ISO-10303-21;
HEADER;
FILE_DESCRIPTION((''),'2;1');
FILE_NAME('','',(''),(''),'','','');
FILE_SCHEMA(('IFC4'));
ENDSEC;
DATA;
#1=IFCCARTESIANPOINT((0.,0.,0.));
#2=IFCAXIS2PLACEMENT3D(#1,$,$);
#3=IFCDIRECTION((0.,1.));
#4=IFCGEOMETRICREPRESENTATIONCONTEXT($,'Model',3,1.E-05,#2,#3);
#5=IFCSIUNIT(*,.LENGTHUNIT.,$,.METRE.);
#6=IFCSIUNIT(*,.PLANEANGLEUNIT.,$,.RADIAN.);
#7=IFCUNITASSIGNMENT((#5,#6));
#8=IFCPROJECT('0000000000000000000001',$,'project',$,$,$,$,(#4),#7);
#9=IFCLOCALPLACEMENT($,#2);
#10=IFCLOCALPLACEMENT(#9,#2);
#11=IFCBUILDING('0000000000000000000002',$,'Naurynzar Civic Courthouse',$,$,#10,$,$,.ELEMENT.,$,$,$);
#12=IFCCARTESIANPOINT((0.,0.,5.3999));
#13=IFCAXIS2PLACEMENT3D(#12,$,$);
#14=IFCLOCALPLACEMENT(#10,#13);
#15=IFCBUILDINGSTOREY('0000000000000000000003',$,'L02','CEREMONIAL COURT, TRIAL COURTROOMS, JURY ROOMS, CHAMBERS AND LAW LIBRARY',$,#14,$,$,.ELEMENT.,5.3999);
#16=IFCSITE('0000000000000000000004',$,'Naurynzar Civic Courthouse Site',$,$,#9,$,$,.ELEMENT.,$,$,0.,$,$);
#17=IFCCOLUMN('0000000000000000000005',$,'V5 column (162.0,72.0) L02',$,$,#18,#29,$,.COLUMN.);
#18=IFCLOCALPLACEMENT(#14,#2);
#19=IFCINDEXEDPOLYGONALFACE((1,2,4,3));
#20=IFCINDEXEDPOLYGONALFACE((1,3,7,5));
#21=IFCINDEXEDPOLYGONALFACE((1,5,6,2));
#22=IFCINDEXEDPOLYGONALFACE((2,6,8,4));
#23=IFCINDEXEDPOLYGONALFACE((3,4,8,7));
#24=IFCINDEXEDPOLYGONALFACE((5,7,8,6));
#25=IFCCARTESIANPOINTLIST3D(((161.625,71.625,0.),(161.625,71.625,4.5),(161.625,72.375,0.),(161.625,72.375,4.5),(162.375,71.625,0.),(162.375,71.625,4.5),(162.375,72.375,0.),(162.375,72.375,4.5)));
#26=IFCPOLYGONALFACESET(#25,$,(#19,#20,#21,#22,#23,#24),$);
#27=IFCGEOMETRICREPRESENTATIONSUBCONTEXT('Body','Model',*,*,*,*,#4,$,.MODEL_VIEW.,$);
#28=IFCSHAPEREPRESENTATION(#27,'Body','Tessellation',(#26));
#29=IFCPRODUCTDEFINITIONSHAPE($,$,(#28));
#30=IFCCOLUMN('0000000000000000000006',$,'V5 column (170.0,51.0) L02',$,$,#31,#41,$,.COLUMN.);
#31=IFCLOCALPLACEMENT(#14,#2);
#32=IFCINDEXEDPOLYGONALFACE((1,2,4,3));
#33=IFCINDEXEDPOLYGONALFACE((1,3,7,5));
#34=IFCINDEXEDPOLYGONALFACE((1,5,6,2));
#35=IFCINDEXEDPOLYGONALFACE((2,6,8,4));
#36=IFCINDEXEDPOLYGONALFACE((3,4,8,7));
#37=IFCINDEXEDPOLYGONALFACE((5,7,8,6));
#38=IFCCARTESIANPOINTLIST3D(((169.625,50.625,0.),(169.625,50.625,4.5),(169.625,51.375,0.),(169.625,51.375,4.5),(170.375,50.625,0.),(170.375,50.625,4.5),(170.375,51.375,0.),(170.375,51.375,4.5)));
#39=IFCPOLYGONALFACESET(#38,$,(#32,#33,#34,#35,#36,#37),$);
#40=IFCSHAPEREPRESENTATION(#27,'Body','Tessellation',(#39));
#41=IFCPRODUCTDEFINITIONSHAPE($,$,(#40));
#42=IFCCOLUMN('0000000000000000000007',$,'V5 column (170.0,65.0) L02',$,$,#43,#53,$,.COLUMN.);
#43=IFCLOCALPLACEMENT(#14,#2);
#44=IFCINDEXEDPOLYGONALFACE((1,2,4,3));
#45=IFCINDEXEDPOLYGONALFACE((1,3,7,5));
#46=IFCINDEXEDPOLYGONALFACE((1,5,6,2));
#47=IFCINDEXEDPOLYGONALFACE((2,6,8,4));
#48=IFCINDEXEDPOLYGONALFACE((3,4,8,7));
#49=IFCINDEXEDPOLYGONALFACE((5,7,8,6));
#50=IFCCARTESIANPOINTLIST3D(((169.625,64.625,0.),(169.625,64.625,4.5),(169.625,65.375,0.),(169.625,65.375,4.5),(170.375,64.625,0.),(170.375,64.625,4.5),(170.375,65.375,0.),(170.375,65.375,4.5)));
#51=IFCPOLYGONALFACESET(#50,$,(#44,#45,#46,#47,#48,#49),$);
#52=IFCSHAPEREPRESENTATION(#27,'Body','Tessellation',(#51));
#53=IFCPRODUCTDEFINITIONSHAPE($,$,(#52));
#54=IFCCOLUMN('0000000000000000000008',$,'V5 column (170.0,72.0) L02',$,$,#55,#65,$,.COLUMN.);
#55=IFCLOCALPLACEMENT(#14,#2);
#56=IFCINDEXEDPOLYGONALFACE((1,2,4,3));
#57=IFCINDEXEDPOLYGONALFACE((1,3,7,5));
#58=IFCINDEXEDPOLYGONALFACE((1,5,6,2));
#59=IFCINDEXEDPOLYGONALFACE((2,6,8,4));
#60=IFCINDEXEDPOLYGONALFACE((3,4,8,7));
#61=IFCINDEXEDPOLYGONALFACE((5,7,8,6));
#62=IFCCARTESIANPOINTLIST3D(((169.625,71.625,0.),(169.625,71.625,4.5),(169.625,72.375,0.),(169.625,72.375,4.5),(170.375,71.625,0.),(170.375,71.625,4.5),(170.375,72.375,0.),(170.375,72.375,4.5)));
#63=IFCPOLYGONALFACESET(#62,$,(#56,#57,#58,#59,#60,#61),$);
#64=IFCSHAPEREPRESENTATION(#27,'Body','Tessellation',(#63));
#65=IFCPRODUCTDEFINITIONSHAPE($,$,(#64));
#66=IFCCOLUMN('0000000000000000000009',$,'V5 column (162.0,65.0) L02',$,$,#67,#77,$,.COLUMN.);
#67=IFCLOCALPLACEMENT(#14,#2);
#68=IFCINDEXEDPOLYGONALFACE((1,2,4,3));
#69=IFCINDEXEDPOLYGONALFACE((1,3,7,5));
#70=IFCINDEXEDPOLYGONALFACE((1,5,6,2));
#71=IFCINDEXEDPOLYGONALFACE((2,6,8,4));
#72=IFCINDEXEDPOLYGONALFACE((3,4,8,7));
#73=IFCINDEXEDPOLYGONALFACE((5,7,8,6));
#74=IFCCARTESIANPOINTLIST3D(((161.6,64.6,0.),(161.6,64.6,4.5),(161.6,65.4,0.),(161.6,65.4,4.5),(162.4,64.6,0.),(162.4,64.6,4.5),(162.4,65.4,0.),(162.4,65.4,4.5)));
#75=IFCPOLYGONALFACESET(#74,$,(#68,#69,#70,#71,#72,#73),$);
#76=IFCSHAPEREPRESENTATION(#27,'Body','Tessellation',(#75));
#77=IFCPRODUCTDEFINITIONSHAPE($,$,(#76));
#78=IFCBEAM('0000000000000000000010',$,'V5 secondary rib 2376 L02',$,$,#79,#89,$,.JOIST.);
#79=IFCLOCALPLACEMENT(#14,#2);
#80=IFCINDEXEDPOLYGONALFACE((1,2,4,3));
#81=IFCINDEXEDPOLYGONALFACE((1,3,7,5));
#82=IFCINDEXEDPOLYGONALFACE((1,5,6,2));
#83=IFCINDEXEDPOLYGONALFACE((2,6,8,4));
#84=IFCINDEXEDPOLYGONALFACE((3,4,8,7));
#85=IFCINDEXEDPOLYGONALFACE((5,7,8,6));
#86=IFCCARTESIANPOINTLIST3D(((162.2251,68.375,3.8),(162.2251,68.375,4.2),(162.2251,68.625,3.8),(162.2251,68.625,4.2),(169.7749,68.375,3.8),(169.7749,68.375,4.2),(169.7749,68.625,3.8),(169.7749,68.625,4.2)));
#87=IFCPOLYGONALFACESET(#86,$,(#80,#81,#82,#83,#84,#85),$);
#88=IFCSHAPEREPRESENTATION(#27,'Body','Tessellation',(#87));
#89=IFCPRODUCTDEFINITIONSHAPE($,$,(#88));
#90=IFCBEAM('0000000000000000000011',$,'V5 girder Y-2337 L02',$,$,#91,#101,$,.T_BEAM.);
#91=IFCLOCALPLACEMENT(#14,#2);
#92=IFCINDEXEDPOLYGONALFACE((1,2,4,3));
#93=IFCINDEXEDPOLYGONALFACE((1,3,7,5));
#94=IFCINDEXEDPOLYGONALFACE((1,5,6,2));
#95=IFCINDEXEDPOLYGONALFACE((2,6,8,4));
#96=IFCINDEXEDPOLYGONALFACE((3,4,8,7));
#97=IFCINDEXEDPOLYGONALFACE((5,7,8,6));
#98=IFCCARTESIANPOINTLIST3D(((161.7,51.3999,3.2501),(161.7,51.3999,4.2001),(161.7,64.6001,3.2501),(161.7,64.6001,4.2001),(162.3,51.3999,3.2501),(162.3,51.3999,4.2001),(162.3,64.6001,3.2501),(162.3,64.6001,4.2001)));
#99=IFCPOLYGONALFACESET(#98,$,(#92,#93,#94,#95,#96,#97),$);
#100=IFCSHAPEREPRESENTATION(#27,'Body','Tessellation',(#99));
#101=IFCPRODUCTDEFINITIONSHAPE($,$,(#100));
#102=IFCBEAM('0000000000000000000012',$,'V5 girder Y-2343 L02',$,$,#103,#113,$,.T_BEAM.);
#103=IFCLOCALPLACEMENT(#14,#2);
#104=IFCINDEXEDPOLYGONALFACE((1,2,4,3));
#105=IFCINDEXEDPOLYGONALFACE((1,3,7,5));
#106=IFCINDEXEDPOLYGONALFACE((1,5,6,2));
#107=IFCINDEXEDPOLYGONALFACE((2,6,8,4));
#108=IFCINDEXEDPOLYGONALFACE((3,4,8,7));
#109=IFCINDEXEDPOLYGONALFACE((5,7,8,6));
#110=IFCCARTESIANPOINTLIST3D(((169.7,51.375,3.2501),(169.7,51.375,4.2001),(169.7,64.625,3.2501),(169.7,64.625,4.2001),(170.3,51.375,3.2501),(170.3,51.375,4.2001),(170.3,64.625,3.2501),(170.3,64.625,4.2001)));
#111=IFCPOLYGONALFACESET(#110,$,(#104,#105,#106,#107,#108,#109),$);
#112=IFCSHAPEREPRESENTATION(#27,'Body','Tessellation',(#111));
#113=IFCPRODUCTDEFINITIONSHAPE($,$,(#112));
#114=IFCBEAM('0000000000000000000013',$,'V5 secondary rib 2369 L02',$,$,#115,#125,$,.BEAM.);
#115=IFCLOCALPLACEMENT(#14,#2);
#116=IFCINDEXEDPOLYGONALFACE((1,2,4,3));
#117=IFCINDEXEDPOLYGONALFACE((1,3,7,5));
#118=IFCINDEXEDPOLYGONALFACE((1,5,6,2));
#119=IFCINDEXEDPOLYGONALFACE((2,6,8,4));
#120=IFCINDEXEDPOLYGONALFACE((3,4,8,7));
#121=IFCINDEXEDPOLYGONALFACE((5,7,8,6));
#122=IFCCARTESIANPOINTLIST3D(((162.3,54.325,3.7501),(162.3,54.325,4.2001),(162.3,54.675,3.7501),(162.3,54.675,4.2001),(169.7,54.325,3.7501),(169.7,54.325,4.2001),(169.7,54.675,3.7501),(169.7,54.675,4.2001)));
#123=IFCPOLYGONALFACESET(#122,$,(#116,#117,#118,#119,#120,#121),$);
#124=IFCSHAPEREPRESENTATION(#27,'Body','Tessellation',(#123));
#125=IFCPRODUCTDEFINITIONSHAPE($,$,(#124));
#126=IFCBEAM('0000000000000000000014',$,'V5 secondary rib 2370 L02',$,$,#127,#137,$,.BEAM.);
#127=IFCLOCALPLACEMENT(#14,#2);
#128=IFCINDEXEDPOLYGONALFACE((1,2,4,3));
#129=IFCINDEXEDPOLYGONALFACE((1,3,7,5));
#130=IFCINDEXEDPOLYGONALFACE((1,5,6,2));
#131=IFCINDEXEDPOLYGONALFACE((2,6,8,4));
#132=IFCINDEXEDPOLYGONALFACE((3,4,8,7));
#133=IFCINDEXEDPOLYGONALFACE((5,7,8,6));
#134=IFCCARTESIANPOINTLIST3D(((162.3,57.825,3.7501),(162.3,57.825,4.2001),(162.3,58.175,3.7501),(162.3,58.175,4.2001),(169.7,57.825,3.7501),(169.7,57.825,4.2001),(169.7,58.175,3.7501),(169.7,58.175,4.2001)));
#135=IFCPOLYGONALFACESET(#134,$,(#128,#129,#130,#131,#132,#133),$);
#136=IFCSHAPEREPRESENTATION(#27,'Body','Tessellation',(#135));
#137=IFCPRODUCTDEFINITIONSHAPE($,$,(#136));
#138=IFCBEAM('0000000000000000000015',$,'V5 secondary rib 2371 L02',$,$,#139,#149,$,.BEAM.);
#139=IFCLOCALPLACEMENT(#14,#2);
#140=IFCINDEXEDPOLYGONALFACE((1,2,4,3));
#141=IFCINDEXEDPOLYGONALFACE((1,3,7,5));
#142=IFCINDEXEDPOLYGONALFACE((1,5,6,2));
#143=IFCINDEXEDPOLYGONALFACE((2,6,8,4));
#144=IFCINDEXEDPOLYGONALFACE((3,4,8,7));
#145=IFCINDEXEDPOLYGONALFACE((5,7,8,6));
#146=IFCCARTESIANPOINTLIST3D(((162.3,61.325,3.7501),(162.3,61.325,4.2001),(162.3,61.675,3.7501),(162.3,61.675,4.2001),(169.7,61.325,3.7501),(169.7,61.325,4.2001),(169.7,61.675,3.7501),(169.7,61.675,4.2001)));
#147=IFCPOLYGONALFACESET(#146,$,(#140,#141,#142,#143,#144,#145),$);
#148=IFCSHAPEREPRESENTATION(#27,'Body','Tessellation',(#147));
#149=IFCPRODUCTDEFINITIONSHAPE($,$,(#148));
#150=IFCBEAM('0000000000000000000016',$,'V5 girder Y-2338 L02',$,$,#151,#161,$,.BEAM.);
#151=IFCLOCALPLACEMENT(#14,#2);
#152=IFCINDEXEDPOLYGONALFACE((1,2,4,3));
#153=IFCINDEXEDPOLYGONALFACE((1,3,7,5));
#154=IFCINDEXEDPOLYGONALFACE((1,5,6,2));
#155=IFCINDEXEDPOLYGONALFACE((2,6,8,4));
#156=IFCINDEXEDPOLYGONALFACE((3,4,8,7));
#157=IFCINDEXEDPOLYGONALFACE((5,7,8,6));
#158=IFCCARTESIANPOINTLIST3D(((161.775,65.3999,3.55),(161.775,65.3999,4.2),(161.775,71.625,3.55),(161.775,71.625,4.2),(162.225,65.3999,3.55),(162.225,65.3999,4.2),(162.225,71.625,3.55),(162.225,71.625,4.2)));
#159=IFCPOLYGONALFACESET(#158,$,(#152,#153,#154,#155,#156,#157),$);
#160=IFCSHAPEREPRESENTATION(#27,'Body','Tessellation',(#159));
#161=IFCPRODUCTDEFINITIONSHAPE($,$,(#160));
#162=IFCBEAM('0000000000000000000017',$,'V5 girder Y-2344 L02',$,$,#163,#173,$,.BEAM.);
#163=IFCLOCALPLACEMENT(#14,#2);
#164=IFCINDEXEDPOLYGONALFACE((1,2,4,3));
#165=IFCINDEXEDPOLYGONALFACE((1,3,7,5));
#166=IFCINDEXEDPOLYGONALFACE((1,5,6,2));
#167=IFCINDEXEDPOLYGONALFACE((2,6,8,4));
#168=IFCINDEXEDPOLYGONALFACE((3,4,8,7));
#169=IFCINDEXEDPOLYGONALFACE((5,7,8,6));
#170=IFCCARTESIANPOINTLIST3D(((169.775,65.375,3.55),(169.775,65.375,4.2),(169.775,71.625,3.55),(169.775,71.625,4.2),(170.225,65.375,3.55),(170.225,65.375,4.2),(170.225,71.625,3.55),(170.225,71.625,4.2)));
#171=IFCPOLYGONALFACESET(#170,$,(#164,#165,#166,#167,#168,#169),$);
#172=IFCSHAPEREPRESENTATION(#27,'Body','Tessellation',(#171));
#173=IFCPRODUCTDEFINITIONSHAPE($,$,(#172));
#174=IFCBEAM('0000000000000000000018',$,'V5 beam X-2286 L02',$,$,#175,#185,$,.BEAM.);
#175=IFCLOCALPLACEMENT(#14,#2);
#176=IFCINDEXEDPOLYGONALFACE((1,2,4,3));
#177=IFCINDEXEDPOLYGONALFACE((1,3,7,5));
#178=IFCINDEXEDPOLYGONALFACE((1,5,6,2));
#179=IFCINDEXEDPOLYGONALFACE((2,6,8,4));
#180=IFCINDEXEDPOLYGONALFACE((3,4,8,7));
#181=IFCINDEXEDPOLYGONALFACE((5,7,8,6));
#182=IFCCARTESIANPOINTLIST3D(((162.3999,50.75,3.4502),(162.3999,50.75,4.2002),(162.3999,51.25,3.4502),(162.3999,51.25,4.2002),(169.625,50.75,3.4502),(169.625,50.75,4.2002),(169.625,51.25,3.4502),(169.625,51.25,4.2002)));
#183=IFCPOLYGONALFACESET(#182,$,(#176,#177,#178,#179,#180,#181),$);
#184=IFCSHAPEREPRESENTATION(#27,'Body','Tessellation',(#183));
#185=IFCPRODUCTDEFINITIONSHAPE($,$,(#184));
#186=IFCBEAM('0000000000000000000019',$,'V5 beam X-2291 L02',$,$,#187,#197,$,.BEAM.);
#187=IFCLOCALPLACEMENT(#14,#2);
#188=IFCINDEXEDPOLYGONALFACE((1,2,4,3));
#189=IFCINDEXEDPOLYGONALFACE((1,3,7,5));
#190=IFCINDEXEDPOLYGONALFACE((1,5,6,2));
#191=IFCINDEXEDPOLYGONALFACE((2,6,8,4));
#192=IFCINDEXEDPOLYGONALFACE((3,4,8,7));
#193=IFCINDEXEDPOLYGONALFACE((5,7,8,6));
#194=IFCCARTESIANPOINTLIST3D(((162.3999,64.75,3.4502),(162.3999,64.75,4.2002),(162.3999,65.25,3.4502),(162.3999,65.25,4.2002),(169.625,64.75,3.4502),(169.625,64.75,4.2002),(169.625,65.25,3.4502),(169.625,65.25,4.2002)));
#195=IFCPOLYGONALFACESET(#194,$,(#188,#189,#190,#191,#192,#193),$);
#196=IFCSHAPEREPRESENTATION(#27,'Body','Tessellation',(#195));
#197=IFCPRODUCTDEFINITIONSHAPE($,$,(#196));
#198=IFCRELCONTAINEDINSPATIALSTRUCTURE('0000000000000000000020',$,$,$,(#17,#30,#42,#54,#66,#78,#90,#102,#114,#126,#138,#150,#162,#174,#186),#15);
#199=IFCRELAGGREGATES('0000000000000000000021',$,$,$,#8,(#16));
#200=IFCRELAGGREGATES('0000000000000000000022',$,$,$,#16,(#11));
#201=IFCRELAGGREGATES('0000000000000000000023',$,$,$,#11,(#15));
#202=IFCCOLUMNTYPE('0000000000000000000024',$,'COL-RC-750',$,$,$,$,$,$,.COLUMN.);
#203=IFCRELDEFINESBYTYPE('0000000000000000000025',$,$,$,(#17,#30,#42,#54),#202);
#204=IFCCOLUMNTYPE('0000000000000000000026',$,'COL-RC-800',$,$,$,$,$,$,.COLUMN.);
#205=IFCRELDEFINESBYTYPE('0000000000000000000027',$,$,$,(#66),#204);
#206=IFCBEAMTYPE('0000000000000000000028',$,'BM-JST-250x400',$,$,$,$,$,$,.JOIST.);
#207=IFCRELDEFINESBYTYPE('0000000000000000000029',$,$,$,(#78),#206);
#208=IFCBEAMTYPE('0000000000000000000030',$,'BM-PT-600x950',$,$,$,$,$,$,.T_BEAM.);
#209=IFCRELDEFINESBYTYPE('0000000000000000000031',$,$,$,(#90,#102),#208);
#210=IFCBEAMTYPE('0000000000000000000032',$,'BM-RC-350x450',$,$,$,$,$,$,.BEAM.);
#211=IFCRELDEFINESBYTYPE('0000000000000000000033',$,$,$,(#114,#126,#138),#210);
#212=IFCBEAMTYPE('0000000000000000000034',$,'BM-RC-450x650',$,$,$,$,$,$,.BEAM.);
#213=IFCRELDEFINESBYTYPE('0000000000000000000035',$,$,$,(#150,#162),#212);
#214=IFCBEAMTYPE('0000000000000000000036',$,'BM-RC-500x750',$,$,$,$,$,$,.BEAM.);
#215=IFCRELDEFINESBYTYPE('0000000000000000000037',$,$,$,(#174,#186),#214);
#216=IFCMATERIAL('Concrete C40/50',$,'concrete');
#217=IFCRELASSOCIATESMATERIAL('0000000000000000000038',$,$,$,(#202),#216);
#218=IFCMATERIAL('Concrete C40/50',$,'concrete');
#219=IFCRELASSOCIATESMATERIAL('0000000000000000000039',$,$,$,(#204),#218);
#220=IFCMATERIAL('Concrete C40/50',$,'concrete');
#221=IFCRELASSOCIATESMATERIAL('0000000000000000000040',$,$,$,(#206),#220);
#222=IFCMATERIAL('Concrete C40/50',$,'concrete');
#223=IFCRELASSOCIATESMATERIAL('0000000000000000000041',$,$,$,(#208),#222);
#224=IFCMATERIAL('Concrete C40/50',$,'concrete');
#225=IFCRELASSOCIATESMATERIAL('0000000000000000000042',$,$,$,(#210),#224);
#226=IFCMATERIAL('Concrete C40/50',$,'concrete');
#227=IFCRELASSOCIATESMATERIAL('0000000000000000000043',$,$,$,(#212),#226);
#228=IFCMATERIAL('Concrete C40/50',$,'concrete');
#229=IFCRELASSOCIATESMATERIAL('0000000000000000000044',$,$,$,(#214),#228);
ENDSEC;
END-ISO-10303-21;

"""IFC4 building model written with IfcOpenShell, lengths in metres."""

from ifc_helpers import new_model, si_unit, direction, frame, origin, origin_2d, place, context, subcontext, project, spatial, rectangle, extrude, material, material_profile, profile_set, type_object, element, save


model = new_model("IFC4")

# Units and contexts
model_context = context("Model", 3, precision=1e-05, world=origin(), true_north=direction((0.0, 1.0)))
body_context = subcontext(model_context, "Body", "Model", "MODEL_VIEW")
ifc_project = project(units=[si_unit("LENGTHUNIT", "METRE"), si_unit("PLANEANGLEUNIT", "RADIAN")], contexts=[model_context])

# Site, building, storey
site_placement = place(None, origin())
site = spatial("IfcSite", under=ifc_project, at=site_placement, Name="Naurynzar Civic Courthouse Site", CompositionType="ELEMENT", RefElevation=0.0)
building_placement = place(site_placement, origin())
building = spatial("IfcBuilding", under=site, at=building_placement, Name="Naurynzar Civic Courthouse", CompositionType="ELEMENT")
storey_placement = place(building_placement, frame((0.0, 0.0, 5.3999)))
storey = spatial("IfcBuildingStorey", under=building, at=storey_placement, Name="L02", Description="CEREMONIAL COURT, TRIAL COURTROOMS, JURY ROOMS, CHAMBERS AND LAW LIBRARY", CompositionType="ELEMENT", Elevation=5.3999)

# Columns
ifc_material_1 = material(Name="Concrete C40/50", Category="concrete")
ifc_material_profile_1 = material_profile(ifc_material_1, rectangle(XDim=0.75, YDim=0.75, at=origin_2d()), Name="RC 750x750")
ifc_profile_set_1 = profile_set([ifc_material_profile_1], Name="Concrete C40/50")
column_type_1 = type_object("IfcColumnType", Name="COL-RC-750", PredefinedType="COLUMN", material=ifc_profile_set_1)
for number, where, z_axis, x_axis, name in (
    (1, (162.0, 72.0, 0.0), (0.0, 0.0, 1.0), (1.0, 0.0, 0.0), "V5 column (162.0,72.0) L02"),
    (2, (170.0, 51.0, 0.0), (0.0, 0.0, 1.0), (1.0, 0.0, 0.0), "V5 column (170.0,51.0) L02"),
    (3, (170.0, 65.0, 0.0), (0.0, 0.0, 1.0), (1.0, 0.0, 0.0), "V5 column (170.0,65.0) L02"),
    (4, (170.0, 72.0, 0.0), (0.0, 0.0, 1.0), (1.0, 0.0, 0.0), "V5 column (170.0,72.0) L02"),
):
    element("IfcColumn", number, at=place(storey_placement, frame(where, z_axis=z_axis, x_axis=x_axis)), inside=storey, type_object=column_type_1, Name=name, PredefinedType="COLUMN", context=body_context, shape_type="SweptSolid", body=[
        extrude(rectangle(XDim=0.75, YDim=0.75, at=origin_2d()), origin(), (0.0, 0.0, 1.0), 4.5),
    ])
ifc_material_2 = material(Name="Concrete C40/50", Category="concrete")
ifc_material_profile_2 = material_profile(ifc_material_2, rectangle(XDim=0.8, YDim=0.8, at=origin_2d()), Name="RC 800x800")
ifc_profile_set_2 = profile_set([ifc_material_profile_2], Name="Concrete C40/50")
column_type_2 = type_object("IfcColumnType", Name="COL-RC-800", PredefinedType="COLUMN", material=ifc_profile_set_2)
column_placement = place(storey_placement, frame((162.0, 65.0, 0.0), z_axis=(0.0, 0.0, 1.0), x_axis=(1.0, 0.0, 0.0)))
element("IfcColumn", 5, at=column_placement, inside=storey, type_object=column_type_2, Name="V5 column (162.0,65.0) L02", PredefinedType="COLUMN", context=body_context, shape_type="SweptSolid", body=[
    extrude(rectangle(XDim=0.8, YDim=0.8, at=origin_2d()), origin(), (0.0, 0.0, 1.0), 4.5),
])

# Beams
ifc_material_3 = material(Name="Concrete C40/50", Category="concrete")
ifc_material_profile_3 = material_profile(ifc_material_3, rectangle(XDim=0.25, YDim=0.3999, at=origin_2d()), Name="RCB 250x400")
ifc_profile_set_3 = profile_set([ifc_material_profile_3], Name="Concrete C40/50")
beam_type_1 = type_object("IfcBeamType", Name="BM-JST-250x400", PredefinedType="JOIST", material=ifc_profile_set_3)
beam_1_placement = place(storey_placement, frame((162.2251, 68.5, 4.0), z_axis=(1.0, 0.0, 0.0), x_axis=(0.0, 1.0, 0.0)))
element("IfcBeam", 6, at=beam_1_placement, inside=storey, type_object=beam_type_1, Name="V5 secondary rib 2376 L02", PredefinedType="JOIST", context=body_context, shape_type="SweptSolid", body=[
    extrude(rectangle(XDim=0.25, YDim=0.3999, at=origin_2d()), origin(), (0.0, 0.0, 1.0), 7.5498),
])
ifc_material_4 = material(Name="Concrete C40/50", Category="concrete")
ifc_material_profile_4 = material_profile(ifc_material_4, rectangle(XDim=0.6001, YDim=0.95, at=origin_2d()), Name="PTB 600x950")
ifc_profile_set_4 = profile_set([ifc_material_profile_4], Name="Concrete C40/50")
beam_type_2 = type_object("IfcBeamType", Name="BM-PT-600x950", PredefinedType="T_BEAM", material=ifc_profile_set_4)
beam_2_placement = place(storey_placement, frame((162.0, 51.3999, 3.7251), z_axis=(0.0, 1.0, 0.0), x_axis=(-1.0, 0.0, 0.0)))
element("IfcBeam", 7, at=beam_2_placement, inside=storey, type_object=beam_type_2, Name="V5 girder Y-2337 L02", PredefinedType="T_BEAM", context=body_context, shape_type="SweptSolid", body=[
    extrude(rectangle(XDim=0.6001, YDim=0.95, at=origin_2d()), origin(), (0.0, 0.0, 1.0), 13.2002),
])
beam_3_placement = place(storey_placement, frame((170.0, 51.375, 3.7251), z_axis=(0.0, 1.0, 0.0), x_axis=(-1.0, 0.0, 0.0)))
element("IfcBeam", 8, at=beam_3_placement, inside=storey, type_object=beam_type_2, Name="V5 girder Y-2343 L02", PredefinedType="T_BEAM", context=body_context, shape_type="SweptSolid", body=[
    extrude(rectangle(XDim=0.6001, YDim=0.95, at=origin_2d()), origin(), (0.0, 0.0, 1.0), 13.25),
])
ifc_material_5 = material(Name="Concrete C40/50", Category="concrete")
ifc_material_profile_5 = material_profile(ifc_material_5, rectangle(XDim=0.3501, YDim=0.45, at=origin_2d()), Name="RCB 350x450")
ifc_profile_set_5 = profile_set([ifc_material_profile_5], Name="Concrete C40/50")
beam_type_3 = type_object("IfcBeamType", Name="BM-RC-350x450", PredefinedType="BEAM", material=ifc_profile_set_5)
for number, where, z_axis, x_axis, name in (
    (9, (162.3, 54.5, 3.9751), (1.0, 0.0, 0.0), (0.0, 1.0, 0.0), "V5 secondary rib 2369 L02"),
    (10, (162.3, 58.0, 3.9751), (1.0, 0.0, 0.0), (0.0, 1.0, 0.0), "V5 secondary rib 2370 L02"),
    (11, (162.3, 61.5, 3.9751), (1.0, 0.0, 0.0), (0.0, 1.0, 0.0), "V5 secondary rib 2371 L02"),
):
    element("IfcBeam", number, at=place(storey_placement, frame(where, z_axis=z_axis, x_axis=x_axis)), inside=storey, type_object=beam_type_3, Name=name, PredefinedType="BEAM", context=body_context, shape_type="SweptSolid", body=[
        extrude(rectangle(XDim=0.3501, YDim=0.45, at=origin_2d()), origin(), (0.0, 0.0, 1.0), 7.3999),
    ])
ifc_material_6 = material(Name="Concrete C40/50", Category="concrete")
ifc_material_profile_6 = material_profile(ifc_material_6, rectangle(XDim=0.45, YDim=0.6499, at=origin_2d()), Name="RCB 450x650")
ifc_profile_set_6 = profile_set([ifc_material_profile_6], Name="Concrete C40/50")
beam_type_4 = type_object("IfcBeamType", Name="BM-RC-450x650", PredefinedType="BEAM", material=ifc_profile_set_6)
beam_4_placement = place(storey_placement, frame((162.0, 65.3999, 3.875), z_axis=(0.0, 1.0, 0.0), x_axis=(-1.0, 0.0, 0.0)))
element("IfcBeam", 12, at=beam_4_placement, inside=storey, type_object=beam_type_4, Name="V5 girder Y-2338 L02", PredefinedType="BEAM", context=body_context, shape_type="SweptSolid", body=[
    extrude(rectangle(XDim=0.45, YDim=0.6499, at=origin_2d()), origin(), (0.0, 0.0, 1.0), 6.2251),
])
beam_5_placement = place(storey_placement, frame((170.0, 65.375, 3.875), z_axis=(0.0, 1.0, 0.0), x_axis=(-1.0, 0.0, 0.0)))
element("IfcBeam", 13, at=beam_5_placement, inside=storey, type_object=beam_type_4, Name="V5 girder Y-2344 L02", PredefinedType="BEAM", context=body_context, shape_type="SweptSolid", body=[
    extrude(rectangle(XDim=0.45, YDim=0.6499, at=origin_2d()), origin(), (0.0, 0.0, 1.0), 6.25),
])
ifc_material_7 = material(Name="Concrete C40/50", Category="concrete")
ifc_material_profile_7 = material_profile(ifc_material_7, rectangle(XDim=0.5, YDim=0.75, at=origin_2d()), Name="RCB 500x750")
ifc_profile_set_7 = profile_set([ifc_material_profile_7], Name="Concrete C40/50")
beam_type_5 = type_object("IfcBeamType", Name="BM-RC-500x750", PredefinedType="BEAM", material=ifc_profile_set_7)
for number, where, z_axis, x_axis, name in (
    (14, (162.3999, 51.0, 3.8252), (1.0, 0.0, 0.0), (0.0, 1.0, 0.0), "V5 beam X-2286 L02"),
    (15, (162.3999, 65.0, 3.8252), (1.0, 0.0, 0.0), (0.0, 1.0, 0.0), "V5 beam X-2291 L02"),
):
    element("IfcBeam", number, at=place(storey_placement, frame(where, z_axis=z_axis, x_axis=x_axis)), inside=storey, type_object=beam_type_5, Name=name, PredefinedType="BEAM", context=body_context, shape_type="SweptSolid", body=[
        extrude(rectangle(XDim=0.5, YDim=0.75, at=origin_2d()), origin(), (0.0, 0.0, 1.0), 7.2251),
    ])

save(model, "model.ifc")
